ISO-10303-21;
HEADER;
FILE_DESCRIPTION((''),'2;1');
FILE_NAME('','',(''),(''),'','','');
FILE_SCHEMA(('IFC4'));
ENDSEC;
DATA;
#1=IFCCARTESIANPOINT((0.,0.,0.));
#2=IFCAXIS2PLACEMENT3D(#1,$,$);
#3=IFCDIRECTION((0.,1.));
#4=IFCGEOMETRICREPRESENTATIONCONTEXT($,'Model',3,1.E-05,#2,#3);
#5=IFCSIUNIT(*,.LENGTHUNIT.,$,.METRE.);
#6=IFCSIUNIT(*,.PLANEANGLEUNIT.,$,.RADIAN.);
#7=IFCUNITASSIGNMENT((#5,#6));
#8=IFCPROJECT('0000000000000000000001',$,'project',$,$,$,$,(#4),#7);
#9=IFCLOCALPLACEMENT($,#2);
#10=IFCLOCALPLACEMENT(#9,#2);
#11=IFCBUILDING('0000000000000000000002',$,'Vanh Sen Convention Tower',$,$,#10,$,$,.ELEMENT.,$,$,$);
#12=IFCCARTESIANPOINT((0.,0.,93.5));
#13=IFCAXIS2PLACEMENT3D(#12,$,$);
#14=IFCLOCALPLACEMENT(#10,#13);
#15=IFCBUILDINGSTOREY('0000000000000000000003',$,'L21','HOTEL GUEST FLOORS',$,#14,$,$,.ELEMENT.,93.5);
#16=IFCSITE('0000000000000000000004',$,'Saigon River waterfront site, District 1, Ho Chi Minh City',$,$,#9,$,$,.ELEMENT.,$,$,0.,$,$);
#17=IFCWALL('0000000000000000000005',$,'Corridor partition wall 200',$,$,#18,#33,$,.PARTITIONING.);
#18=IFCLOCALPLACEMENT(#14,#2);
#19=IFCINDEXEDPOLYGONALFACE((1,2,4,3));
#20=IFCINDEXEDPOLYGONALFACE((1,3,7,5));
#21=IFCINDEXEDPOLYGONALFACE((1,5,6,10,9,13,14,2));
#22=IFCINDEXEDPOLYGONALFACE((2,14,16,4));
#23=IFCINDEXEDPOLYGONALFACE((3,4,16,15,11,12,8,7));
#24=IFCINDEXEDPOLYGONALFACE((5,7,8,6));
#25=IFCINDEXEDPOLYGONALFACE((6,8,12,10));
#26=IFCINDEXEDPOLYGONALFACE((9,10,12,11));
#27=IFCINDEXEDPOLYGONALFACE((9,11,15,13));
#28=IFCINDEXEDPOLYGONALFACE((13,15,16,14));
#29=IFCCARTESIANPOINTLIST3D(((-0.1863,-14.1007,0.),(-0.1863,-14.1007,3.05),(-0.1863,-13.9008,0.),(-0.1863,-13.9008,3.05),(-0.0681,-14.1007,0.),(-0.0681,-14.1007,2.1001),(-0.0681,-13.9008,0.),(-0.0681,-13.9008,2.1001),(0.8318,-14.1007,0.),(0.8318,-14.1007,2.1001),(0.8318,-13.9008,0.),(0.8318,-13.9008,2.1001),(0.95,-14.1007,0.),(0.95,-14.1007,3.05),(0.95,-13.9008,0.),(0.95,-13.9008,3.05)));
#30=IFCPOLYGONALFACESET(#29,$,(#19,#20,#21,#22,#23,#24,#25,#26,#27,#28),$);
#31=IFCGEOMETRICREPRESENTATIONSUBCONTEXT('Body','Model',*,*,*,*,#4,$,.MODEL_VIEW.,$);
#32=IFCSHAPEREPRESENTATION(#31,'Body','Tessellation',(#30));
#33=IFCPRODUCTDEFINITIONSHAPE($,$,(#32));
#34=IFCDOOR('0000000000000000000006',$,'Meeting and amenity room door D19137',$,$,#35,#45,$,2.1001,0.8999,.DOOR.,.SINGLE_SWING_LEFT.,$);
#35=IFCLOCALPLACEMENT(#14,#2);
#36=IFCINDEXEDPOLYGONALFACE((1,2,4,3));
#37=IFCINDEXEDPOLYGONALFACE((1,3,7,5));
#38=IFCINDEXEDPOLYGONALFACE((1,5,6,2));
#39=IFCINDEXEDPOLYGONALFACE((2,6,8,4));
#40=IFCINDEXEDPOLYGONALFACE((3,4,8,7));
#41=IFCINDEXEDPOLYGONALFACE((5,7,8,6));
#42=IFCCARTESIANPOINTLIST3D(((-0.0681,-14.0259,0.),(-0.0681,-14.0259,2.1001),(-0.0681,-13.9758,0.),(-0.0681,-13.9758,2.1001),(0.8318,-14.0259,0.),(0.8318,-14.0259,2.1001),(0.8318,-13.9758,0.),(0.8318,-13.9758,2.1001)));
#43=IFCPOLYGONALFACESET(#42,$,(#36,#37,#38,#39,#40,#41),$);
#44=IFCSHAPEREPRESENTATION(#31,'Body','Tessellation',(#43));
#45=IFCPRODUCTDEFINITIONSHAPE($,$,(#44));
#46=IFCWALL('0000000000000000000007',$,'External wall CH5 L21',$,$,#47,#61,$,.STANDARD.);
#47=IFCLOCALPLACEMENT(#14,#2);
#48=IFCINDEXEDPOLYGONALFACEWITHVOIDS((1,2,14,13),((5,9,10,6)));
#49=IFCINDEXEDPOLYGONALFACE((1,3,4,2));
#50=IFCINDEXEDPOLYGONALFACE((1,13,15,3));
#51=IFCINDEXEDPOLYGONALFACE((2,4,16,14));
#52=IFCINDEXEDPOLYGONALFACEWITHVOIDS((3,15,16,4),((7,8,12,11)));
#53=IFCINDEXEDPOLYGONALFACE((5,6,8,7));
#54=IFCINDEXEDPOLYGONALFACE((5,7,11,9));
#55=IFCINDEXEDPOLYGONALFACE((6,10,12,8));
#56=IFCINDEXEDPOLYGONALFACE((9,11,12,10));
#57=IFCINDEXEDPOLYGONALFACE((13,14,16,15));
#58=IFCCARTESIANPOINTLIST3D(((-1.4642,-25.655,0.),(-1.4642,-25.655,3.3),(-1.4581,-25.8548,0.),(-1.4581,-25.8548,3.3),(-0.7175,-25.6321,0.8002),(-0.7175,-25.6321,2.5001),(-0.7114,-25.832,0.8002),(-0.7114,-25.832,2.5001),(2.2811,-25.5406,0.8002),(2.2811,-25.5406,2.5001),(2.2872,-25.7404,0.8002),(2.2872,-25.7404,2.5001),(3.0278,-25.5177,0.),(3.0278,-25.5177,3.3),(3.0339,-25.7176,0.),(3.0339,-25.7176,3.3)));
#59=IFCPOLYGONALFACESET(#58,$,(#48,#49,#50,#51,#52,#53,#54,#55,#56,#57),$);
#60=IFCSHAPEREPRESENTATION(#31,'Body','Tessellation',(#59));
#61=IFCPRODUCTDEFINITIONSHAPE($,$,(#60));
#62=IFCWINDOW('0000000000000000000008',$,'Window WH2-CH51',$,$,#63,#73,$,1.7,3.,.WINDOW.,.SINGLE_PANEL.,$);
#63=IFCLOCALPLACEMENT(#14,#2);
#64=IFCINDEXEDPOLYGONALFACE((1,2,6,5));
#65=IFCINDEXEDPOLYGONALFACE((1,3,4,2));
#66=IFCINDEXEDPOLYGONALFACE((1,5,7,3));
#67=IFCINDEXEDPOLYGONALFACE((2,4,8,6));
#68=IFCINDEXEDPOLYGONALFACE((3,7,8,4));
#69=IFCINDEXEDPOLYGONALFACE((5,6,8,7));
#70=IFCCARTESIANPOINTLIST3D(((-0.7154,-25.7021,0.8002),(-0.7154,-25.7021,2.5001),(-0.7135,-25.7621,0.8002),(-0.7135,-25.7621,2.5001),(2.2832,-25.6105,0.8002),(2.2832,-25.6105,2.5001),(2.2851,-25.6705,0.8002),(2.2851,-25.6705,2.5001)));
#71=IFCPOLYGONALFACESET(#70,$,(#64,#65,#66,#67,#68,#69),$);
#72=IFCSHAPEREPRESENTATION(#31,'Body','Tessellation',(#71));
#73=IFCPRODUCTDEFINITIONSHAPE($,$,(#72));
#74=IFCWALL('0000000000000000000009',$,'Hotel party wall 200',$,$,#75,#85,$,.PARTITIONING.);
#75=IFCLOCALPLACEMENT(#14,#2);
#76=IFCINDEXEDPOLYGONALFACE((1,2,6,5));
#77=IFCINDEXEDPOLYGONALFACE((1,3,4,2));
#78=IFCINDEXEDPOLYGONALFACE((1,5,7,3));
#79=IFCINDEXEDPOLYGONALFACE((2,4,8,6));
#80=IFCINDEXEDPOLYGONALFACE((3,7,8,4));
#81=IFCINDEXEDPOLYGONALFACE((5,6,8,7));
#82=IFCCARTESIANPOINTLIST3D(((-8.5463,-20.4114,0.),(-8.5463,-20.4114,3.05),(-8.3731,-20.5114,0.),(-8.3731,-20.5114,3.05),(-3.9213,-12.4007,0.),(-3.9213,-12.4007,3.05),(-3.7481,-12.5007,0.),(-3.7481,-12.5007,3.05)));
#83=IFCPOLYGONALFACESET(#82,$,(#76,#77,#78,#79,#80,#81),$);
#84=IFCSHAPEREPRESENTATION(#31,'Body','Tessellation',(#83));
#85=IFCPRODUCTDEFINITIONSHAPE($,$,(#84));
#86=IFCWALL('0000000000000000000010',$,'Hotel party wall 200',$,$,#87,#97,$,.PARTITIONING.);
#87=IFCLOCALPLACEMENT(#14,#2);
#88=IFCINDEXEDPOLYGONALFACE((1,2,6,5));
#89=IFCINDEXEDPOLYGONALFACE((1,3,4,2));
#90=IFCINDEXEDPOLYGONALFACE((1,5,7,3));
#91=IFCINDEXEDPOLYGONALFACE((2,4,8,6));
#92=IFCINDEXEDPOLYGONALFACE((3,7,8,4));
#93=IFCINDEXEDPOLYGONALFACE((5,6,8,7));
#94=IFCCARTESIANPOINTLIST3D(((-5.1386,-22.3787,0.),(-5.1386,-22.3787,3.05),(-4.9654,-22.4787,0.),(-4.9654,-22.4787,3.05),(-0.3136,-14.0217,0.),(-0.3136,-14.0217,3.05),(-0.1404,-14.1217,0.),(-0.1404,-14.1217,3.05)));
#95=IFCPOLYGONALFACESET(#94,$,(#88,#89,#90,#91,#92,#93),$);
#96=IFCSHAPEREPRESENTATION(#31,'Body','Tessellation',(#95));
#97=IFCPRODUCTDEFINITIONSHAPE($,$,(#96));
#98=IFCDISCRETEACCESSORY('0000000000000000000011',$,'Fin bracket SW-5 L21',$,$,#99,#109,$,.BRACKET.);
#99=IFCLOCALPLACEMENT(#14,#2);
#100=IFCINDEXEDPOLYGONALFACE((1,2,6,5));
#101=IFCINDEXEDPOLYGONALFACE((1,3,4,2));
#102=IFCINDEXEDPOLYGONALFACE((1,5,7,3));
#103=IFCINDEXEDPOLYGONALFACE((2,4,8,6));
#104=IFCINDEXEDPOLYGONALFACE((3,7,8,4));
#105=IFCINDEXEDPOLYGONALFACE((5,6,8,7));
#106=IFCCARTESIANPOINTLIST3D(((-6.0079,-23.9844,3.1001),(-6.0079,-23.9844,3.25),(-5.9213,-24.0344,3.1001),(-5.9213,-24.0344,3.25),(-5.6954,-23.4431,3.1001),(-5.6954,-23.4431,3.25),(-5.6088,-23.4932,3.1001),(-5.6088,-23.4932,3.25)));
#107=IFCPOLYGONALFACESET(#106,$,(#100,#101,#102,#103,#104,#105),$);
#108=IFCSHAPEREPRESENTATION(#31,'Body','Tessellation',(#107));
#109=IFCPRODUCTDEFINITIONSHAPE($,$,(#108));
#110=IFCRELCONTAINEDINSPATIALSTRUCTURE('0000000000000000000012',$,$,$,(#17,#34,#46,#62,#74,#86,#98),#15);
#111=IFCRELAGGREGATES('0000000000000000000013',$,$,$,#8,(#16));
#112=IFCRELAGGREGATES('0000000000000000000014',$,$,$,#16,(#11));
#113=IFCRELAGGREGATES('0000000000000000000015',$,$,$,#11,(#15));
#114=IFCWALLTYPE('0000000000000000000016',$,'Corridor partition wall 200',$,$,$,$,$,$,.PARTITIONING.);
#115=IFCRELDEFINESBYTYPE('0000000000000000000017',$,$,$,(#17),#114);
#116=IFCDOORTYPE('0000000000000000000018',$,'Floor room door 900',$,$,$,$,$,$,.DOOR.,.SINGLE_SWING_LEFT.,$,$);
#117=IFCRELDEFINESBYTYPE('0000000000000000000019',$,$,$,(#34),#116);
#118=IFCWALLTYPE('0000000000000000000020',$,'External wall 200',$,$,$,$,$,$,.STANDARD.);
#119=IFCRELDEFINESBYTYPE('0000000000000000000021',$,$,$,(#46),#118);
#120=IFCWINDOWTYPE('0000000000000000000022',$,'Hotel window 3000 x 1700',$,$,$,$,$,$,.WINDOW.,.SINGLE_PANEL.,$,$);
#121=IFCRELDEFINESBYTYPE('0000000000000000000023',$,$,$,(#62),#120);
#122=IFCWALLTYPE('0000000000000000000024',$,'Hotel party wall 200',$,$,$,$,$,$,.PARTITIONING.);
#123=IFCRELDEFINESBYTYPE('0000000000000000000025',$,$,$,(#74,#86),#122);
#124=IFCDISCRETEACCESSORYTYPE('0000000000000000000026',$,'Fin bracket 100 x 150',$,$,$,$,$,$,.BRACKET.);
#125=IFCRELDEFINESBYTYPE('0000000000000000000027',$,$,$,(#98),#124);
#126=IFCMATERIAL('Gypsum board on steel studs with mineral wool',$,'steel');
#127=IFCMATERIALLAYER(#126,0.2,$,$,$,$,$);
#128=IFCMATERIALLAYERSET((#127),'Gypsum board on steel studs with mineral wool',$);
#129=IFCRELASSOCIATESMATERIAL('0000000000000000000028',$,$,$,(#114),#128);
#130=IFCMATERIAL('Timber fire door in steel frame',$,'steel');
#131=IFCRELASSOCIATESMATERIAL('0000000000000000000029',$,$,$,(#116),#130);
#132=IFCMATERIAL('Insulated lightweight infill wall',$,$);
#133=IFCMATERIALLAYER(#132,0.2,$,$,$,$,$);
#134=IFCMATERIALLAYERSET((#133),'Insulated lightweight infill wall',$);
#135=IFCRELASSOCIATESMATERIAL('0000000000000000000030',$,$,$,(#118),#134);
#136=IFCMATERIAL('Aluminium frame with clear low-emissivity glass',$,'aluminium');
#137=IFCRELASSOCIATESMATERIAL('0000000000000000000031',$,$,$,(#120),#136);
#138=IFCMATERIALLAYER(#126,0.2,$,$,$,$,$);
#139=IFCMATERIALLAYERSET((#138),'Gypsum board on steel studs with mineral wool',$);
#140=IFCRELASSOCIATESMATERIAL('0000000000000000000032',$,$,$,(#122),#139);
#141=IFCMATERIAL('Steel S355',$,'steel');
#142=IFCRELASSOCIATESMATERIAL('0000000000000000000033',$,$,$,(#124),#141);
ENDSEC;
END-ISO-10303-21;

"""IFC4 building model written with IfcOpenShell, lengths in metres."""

from ifc_helpers import new_model, si_unit, direction, frame, frame_2d, origin, origin_2d, place, context, subcontext, project, spatial, rectangle, extrude, material, layer, layer_set, type_object, element, fill, save


model = new_model("IFC4")

# Units and contexts
model_context = context("Model", 3, precision=1e-05, world=origin(), true_north=direction((0.0, 1.0)))
body_context = subcontext(model_context, "Body", "Model", "MODEL_VIEW")
ifc_project = project(units=[si_unit("LENGTHUNIT", "METRE"), si_unit("PLANEANGLEUNIT", "RADIAN")], contexts=[model_context])

# Site, building, storey
site_placement = place(None, origin())
site = spatial("IfcSite", under=ifc_project, at=site_placement, Name="Saigon River waterfront site, District 1, Ho Chi Minh City", CompositionType="ELEMENT", RefElevation=0.0)
building_placement = place(site_placement, origin())
building = spatial("IfcBuilding", under=site, at=building_placement, Name="Vanh Sen Convention Tower", CompositionType="ELEMENT")
storey_placement = place(building_placement, frame((0.0, 0.0, 93.5)))
storey = spatial("IfcBuildingStorey", under=building, at=storey_placement, Name="L21", Description="HOTEL GUEST FLOORS", CompositionType="ELEMENT", Elevation=93.5)

# Shared definitions
ifc_material_1 = material(Name="Gypsum board on steel studs with mineral wool", Category="steel")
ifc_layer_1 = layer(ifc_material_1, 0.2)
ifc_layer_set_1 = layer_set([ifc_layer_1], Name="Gypsum board on steel studs with mineral wool")
wall_type_1 = type_object("IfcWallType", Name="Corridor partition wall 200", PredefinedType="PARTITIONING", material=ifc_layer_set_1)

# Wall, opening, door
wall_1_placement = place(storey_placement, frame((-0.1863, -14.0007, 0.0), z_axis=(0.0, 0.0, 1.0), x_axis=(1.0, 0.0, 0.0)))
wall_1 = element("IfcWall", 1, at=wall_1_placement, inside=storey, type_object=wall_type_1, Name="Corridor partition wall 200", PredefinedType="PARTITIONING", context=body_context, shape_type="SweptSolid", body=[
    extrude(rectangle(XDim=1.1362, YDim=0.2, at=frame_2d((0.5681, 0.0))), origin(), (0.0, 0.0, 1.0), 3.05),
])
opening_1_placement = place(wall_1_placement, frame((0.1182, 0.0, 0.0)))
opening_1 = element("IfcOpeningElement", 2, at=opening_1_placement, cuts=wall_1, PredefinedType="OPENING", context=body_context, shape_type="SweptSolid", body=[
    extrude(rectangle(XDim=0.8999, YDim=2.1001, at=frame_2d((0.45, 1.05))), frame((0.0, 0.1099, 0.0), z_axis=(0.0, -1.0, 0.0), x_axis=(1.0, 0.0, 0.0)), (0.0, 0.0, 1.0), 0.22),
])
ifc_material_2 = material(Name="Timber fire door in steel frame", Category="steel")
door_type_1 = type_object("IfcDoorType", Name="Floor room door 900", OperationType="SINGLE_SWING_LEFT", PredefinedType="DOOR", material=ifc_material_2)
door_1_placement = place(opening_1_placement, origin())
door_1 = element("IfcDoor", 3, at=door_1_placement, inside=storey, type_object=door_type_1, Name="Meeting and amenity room door D19137", OperationType="SINGLE_SWING_LEFT", OverallHeight=2.1001, OverallWidth=0.8999, PredefinedType="DOOR", context=body_context, shape_type="SweptSolid", body=[
    extrude(rectangle(XDim=0.8999, YDim=2.1001, at=frame_2d((0.45, 1.05))), frame((0.0, 0.0249, 0.0), z_axis=(0.0, -1.0, 0.0), x_axis=(1.0, 0.0, 0.0)), (0.0, 0.0, 1.0), 0.05),
])
fill(opening_1, door_1)

# Wall, opening, window
ifc_material_3 = material(Name="Insulated lightweight infill wall")
ifc_layer_2 = layer(ifc_material_3, 0.2)
ifc_layer_set_2 = layer_set([ifc_layer_2], Name="Insulated lightweight infill wall")
wall_type_2 = type_object("IfcWallType", Name="External wall 200", PredefinedType="STANDARD", material=ifc_layer_set_2)
wall_2_placement = place(storey_placement, frame((-1.4612, -25.7549, 0.0), z_axis=(0.0, 0.0, 1.0), x_axis=(0.999534, 0.030531, 0.0)))
wall_2 = element("IfcWall", 4, at=wall_2_placement, inside=storey, type_object=wall_type_2, Name="External wall CH5 L21", PredefinedType="STANDARD", context=body_context, shape_type="SweptSolid", body=[
    extrude(rectangle(XDim=4.4941, YDim=0.2, at=frame_2d((2.2471, 0.0))), origin(), (0.0, 0.0, 1.0), 3.3),
])
opening_2_placement = place(wall_2_placement, frame((0.7471, 0.0, 0.8)))
opening_2 = element("IfcOpeningElement", 5, at=opening_2_placement, cuts=wall_2, PredefinedType="OPENING", context=body_context, shape_type="SweptSolid", body=[
    extrude(rectangle(XDim=3.0, YDim=1.7, at=frame_2d((1.5, 0.8501))), frame((0.0, 0.1099, 0.0), z_axis=(0.0, -1.0, 0.0), x_axis=(1.0, 0.0, 0.0)), (0.0, 0.0, 1.0), 0.22),
])
ifc_material_4 = material(Name="Aluminium frame with clear low-emissivity glass", Category="aluminium")
window_type = type_object("IfcWindowType", Name="Hotel window 3000 x 1700", PartitioningType="SINGLE_PANEL", PredefinedType="WINDOW", material=ifc_material_4)
window_placement = place(opening_2_placement, origin())
window = element("IfcWindow", 6, at=window_placement, inside=storey, type_object=window_type, Name="Window WH2-CH51", OverallHeight=1.7, OverallWidth=3.0, PartitioningType="SINGLE_PANEL", PredefinedType="WINDOW", context=body_context, shape_type="SweptSolid", body=[
    extrude(rectangle(XDim=3.0, YDim=1.7, at=frame_2d((1.5, 0.8501))), frame((0.0, 0.03, 0.0), z_axis=(0.0, -1.0, 0.0), x_axis=(1.0, 0.0, 0.0)), (0.0, 0.0, 1.0), 0.0601),
])
fill(opening_2, window)

# Walls
ifc_layer_3 = layer(ifc_material_1, 0.2)
ifc_layer_set_3 = layer_set([ifc_layer_3], Name="Gypsum board on steel studs with mineral wool")
wall_type_3 = type_object("IfcWallType", Name="Hotel party wall 200", PredefinedType="PARTITIONING", material=ifc_layer_set_3)
wall_3_placement = place(storey_placement, frame((-8.4597, -20.4614, 0.0), z_axis=(0.0, 0.0, 1.0), x_axis=(0.5, 0.866026, 0.0)))
element("IfcWall", 7, at=wall_3_placement, inside=storey, type_object=wall_type_3, Name="Hotel party wall 200", PredefinedType="PARTITIONING", context=body_context, shape_type="SweptSolid", body=[
    extrude(rectangle(XDim=9.25, YDim=0.2, at=frame_2d((4.625, 0.0))), origin(), (0.0, 0.0, 1.0), 3.05),
])
wall_4_placement = place(storey_placement, frame((-5.052, -22.4287, 0.0), z_axis=(0.0, 0.0, 1.0), x_axis=(0.500006, 0.866022, 0.0)))
element("IfcWall", 8, at=wall_4_placement, inside=storey, type_object=wall_type_3, Name="Hotel party wall 200", PredefinedType="PARTITIONING", context=body_context, shape_type="SweptSolid", body=[
    extrude(rectangle(XDim=9.6499, YDim=0.2, at=frame_2d((4.825, 0.0))), origin(), (0.0, 0.0, 1.0), 3.05),
])

# Discrete accessory
ifc_material_5 = material(Name="Steel S355", Category="steel")
discrete_accessory_type = type_object("IfcDiscreteAccessoryType", Name="Fin bracket 100 x 150", PredefinedType="BRACKET", material=ifc_material_5)
discrete_accessory_placement = place(storey_placement, frame((-5.8083, -23.7388, 3.1001), z_axis=(0.0, 0.0, 1.0), x_axis=(-0.5, -0.866025, 0.0)))
element("IfcDiscreteAccessory", 9, at=discrete_accessory_placement, inside=storey, type_object=discrete_accessory_type, Name="Fin bracket SW-5 L21", PredefinedType="BRACKET", context=body_context, shape_type="SweptSolid", body=[
    extrude(rectangle(XDim=0.625, YDim=0.1001, at=origin_2d()), origin(), (0.0, 0.0, 1.0), 0.1499),
])

save(model, "model.ifc")
